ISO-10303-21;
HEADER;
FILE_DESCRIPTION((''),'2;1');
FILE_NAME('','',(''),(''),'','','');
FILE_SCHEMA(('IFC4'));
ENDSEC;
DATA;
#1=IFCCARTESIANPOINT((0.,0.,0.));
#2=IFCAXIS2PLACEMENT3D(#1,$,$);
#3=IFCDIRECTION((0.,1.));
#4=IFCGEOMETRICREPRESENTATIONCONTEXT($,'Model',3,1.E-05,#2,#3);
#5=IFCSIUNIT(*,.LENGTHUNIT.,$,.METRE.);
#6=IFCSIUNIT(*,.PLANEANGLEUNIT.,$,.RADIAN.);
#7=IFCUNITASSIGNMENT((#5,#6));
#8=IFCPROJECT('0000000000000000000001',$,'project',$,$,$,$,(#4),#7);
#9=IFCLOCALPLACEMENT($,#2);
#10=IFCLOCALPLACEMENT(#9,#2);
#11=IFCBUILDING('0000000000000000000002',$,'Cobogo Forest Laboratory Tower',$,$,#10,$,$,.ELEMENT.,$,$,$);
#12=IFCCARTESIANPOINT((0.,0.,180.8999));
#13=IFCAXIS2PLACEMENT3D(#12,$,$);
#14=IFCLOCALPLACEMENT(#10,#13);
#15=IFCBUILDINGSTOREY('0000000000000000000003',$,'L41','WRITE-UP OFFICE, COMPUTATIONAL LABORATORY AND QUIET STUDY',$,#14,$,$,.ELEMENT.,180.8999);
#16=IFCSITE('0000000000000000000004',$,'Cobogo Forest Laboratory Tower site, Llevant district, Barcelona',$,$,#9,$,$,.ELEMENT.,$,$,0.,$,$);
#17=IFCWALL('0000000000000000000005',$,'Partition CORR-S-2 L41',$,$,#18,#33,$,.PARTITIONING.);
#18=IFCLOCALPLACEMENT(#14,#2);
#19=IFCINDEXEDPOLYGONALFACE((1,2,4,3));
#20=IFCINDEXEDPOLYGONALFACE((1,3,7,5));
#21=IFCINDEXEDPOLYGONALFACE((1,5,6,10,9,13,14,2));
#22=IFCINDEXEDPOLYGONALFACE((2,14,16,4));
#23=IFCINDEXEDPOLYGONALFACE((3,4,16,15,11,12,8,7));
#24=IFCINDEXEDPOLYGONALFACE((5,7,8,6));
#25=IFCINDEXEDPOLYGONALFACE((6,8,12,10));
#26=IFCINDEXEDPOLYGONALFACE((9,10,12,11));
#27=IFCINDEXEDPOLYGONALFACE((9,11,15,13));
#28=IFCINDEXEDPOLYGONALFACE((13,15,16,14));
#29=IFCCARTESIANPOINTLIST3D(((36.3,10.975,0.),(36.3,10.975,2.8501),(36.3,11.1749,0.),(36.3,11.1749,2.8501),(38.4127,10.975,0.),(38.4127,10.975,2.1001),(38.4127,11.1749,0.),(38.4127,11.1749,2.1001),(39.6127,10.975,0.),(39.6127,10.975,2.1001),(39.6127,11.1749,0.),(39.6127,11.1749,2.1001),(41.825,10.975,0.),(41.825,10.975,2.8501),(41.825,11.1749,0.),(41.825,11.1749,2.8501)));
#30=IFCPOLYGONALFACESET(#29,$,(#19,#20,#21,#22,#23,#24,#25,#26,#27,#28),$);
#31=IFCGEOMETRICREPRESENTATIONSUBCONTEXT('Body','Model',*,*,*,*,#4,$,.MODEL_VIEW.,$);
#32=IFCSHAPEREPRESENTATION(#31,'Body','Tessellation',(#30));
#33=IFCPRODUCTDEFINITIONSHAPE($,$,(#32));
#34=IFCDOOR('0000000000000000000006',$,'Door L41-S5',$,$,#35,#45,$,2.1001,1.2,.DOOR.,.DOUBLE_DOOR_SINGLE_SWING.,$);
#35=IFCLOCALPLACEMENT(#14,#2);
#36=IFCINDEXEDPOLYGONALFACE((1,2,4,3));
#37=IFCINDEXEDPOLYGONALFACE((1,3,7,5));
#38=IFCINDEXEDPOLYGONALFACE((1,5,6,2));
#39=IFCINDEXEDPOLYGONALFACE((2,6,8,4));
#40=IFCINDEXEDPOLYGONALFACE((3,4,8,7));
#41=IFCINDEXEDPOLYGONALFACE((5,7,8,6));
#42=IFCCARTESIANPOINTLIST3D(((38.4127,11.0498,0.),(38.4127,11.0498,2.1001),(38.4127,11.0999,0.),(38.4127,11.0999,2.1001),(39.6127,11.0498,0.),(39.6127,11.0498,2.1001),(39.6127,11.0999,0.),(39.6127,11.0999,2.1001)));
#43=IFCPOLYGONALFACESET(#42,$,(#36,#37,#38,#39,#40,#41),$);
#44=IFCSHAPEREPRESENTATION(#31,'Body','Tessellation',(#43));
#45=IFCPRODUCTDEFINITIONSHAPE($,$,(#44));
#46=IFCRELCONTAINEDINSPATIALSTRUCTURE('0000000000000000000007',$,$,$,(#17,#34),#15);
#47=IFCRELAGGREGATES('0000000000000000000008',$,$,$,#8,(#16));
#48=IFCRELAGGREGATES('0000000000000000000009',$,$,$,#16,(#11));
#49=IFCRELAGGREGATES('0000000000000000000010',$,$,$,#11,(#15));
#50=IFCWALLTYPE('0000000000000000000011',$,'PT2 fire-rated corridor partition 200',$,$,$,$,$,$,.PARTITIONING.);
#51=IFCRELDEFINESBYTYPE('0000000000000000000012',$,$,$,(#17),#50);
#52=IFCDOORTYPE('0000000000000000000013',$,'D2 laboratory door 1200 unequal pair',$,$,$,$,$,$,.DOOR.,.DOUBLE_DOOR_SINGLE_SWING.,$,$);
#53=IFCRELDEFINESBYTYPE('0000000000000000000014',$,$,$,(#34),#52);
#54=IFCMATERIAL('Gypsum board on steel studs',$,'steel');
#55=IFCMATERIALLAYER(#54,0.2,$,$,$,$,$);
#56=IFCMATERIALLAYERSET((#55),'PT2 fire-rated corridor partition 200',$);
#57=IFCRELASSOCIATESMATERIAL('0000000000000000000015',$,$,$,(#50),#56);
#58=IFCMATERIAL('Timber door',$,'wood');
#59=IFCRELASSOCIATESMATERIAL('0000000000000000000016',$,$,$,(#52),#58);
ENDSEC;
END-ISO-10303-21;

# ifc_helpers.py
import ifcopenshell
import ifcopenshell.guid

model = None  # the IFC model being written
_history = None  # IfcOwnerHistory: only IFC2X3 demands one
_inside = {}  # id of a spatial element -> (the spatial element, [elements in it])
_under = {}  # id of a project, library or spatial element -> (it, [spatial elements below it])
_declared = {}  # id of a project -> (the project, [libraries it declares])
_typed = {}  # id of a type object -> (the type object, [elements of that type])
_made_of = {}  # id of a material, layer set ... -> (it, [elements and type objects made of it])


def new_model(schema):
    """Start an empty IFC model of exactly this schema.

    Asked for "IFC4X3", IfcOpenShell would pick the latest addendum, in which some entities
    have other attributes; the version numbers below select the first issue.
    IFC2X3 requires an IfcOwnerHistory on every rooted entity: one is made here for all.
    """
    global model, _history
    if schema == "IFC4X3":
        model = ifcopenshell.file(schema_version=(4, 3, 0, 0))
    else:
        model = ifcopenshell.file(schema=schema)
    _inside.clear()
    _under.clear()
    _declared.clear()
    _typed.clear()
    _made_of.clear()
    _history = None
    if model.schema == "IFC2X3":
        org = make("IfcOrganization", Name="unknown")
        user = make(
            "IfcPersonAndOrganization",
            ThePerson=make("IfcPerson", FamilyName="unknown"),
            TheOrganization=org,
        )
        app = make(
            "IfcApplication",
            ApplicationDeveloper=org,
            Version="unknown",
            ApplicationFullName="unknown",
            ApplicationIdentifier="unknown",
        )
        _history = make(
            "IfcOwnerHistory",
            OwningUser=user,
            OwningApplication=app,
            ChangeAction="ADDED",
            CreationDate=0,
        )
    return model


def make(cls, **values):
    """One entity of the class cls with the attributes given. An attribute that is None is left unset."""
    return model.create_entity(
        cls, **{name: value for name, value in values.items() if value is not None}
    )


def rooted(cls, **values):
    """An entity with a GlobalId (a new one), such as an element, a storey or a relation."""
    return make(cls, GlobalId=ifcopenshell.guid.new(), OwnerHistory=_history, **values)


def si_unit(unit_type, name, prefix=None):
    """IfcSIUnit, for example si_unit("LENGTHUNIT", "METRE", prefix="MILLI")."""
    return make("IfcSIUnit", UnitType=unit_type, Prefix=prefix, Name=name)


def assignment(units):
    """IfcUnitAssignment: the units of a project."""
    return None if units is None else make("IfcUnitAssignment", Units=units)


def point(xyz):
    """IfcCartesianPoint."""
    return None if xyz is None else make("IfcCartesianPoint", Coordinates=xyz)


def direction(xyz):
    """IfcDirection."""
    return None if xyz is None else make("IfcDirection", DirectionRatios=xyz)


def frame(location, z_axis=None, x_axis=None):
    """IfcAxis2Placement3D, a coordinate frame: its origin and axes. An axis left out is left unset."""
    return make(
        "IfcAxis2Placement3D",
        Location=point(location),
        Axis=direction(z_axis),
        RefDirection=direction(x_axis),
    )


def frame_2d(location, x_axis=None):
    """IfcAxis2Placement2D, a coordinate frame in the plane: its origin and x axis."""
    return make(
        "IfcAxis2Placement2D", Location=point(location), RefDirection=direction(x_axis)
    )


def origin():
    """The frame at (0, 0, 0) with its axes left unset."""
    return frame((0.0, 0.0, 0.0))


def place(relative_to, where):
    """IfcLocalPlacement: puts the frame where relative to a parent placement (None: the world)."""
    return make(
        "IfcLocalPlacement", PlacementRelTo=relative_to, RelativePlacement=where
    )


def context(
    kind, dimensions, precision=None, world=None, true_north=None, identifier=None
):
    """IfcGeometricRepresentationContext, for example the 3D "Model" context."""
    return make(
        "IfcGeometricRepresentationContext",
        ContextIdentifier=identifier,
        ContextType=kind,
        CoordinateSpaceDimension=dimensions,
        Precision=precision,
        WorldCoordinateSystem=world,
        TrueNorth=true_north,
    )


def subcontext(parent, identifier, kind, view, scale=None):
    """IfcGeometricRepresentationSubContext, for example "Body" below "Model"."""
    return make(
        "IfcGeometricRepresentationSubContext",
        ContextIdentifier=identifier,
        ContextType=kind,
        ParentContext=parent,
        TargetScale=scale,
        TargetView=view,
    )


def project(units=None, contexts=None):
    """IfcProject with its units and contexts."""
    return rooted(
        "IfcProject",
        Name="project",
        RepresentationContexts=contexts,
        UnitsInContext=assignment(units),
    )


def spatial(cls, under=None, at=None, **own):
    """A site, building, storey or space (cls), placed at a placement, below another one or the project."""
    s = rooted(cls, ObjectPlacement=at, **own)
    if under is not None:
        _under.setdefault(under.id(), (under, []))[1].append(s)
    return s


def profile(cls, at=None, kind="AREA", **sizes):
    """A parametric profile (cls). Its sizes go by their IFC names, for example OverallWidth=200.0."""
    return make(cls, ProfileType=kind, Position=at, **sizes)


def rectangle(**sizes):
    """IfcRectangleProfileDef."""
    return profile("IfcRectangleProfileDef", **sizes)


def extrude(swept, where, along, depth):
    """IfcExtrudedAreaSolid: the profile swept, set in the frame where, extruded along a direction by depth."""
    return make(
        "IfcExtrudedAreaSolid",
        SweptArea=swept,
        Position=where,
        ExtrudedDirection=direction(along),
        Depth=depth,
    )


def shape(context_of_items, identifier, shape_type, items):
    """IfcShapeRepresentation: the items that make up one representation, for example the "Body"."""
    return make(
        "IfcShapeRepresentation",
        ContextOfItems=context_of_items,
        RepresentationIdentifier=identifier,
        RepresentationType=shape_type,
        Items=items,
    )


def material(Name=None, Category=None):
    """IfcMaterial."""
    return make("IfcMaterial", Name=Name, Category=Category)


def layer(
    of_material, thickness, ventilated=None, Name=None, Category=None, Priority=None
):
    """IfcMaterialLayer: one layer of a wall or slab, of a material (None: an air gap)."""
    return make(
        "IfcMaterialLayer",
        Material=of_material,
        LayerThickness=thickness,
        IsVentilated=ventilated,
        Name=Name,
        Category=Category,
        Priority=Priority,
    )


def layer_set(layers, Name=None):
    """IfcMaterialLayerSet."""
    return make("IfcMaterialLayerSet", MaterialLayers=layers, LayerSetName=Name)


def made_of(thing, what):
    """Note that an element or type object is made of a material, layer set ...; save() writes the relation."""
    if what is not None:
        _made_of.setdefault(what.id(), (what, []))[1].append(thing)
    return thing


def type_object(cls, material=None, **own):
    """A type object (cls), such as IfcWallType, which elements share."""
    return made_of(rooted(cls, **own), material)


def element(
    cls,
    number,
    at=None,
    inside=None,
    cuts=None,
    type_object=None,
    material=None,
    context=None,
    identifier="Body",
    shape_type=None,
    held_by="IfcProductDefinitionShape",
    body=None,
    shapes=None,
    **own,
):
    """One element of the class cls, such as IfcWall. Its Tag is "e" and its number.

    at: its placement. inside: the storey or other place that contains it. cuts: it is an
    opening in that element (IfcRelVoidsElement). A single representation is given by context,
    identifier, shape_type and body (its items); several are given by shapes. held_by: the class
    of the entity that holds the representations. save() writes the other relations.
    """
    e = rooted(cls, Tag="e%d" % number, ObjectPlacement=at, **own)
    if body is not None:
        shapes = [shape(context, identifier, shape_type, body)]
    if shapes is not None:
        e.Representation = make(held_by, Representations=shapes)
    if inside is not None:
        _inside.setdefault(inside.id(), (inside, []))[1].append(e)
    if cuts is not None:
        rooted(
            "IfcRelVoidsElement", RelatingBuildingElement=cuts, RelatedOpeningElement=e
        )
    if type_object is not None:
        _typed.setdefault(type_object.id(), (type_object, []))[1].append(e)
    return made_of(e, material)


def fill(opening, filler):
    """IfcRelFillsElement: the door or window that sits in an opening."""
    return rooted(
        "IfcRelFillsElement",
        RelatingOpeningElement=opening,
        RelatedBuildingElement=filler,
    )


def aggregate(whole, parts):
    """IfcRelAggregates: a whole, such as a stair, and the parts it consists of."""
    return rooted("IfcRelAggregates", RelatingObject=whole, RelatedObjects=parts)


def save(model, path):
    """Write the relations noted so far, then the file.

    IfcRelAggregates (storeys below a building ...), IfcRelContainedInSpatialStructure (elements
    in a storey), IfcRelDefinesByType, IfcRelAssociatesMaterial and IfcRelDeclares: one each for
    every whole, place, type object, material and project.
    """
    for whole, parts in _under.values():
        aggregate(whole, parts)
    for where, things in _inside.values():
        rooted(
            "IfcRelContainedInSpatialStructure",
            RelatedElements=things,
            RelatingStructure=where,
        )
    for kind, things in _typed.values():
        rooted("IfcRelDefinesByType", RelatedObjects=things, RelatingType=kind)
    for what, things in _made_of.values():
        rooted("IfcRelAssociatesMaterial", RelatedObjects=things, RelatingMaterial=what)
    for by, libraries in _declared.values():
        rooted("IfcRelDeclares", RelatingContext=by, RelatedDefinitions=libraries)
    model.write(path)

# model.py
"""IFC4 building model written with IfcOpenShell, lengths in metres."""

from ifc_helpers import new_model, si_unit, direction, frame, frame_2d, origin, place, context, subcontext, project, spatial, rectangle, extrude, material, layer, layer_set, type_object, element, fill, save


model = new_model("IFC4")

# Units and contexts
model_context = context("Model", 3, precision=1e-05, world=origin(), true_north=direction((0.0, 1.0)))
body_context = subcontext(model_context, "Body", "Model", "MODEL_VIEW")
ifc_project = project(units=[si_unit("LENGTHUNIT", "METRE"), si_unit("PLANEANGLEUNIT", "RADIAN")], contexts=[model_context])

# Site, building, storey
site_placement = place(None, origin())
site = spatial("IfcSite", under=ifc_project, at=site_placement, Name="Cobogo Forest Laboratory Tower site, Llevant district, Barcelona", CompositionType="ELEMENT", RefElevation=0.0)
building_placement = place(site_placement, origin())
building = spatial("IfcBuilding", under=site, at=building_placement, Name="Cobogo Forest Laboratory Tower", CompositionType="ELEMENT")
storey_placement = place(building_placement, frame((0.0, 0.0, 180.8999)))
storey = spatial("IfcBuildingStorey", under=building, at=storey_placement, Name="L41", Description="WRITE-UP OFFICE, COMPUTATIONAL LABORATORY AND QUIET STUDY", CompositionType="ELEMENT", Elevation=180.8999)

# Shared definitions
ifc_material_1 = material(Name="Gypsum board on steel studs", Category="steel")

# Wall, opening, door
ifc_layer_1 = layer(ifc_material_1, 0.2)
ifc_layer_set_1 = layer_set([ifc_layer_1], Name="PT2 fire-rated corridor partition 200")
wall_type_1 = type_object("IfcWallType", Name="PT2 fire-rated corridor partition 200", PredefinedType="PARTITIONING", material=ifc_layer_set_1)
wall_1_placement = place(storey_placement, frame((36.3, 11.075, 0.0), z_axis=(0.0, 0.0, 1.0), x_axis=(1.0, 0.0, 0.0)))
wall_1 = element("IfcWall", 1, at=wall_1_placement, inside=storey, type_object=wall_type_1, Name="Partition CORR-S-2 L41", PredefinedType="PARTITIONING", context=body_context, shape_type="SweptSolid", body=[
    extrude(rectangle(XDim=5.5249, YDim=0.2, at=frame_2d((2.7625, 0.0))), origin(), (0.0, 0.0, 1.0), 2.8501),
])
opening_1_placement = place(wall_1_placement, frame((2.1125, 0.0, 0.0)))
opening_1 = element("IfcOpeningElement", 2, at=opening_1_placement, cuts=wall_1, PredefinedType="OPENING", context=body_context, shape_type="SweptSolid", body=[
    extrude(rectangle(XDim=1.2, YDim=2.1001, at=frame_2d((0.6001, 1.05))), frame((0.0, 0.1099, 0.0), z_axis=(0.0, -1.0, 0.0), x_axis=(1.0, 0.0, 0.0)), (0.0, 0.0, 1.0), 0.22),
])
ifc_material_2 = material(Name="Timber door", Category="wood")
door_type_1 = type_object("IfcDoorType", Name="D2 laboratory door 1200 unequal pair", OperationType="DOUBLE_DOOR_SINGLE_SWING", PredefinedType="DOOR", material=ifc_material_2)
door_1_placement = place(opening_1_placement, origin())
door_1 = element("IfcDoor", 3, at=door_1_placement, inside=storey, type_object=door_type_1, Name="Door L41-S5", OperationType="DOUBLE_DOOR_SINGLE_SWING", OverallHeight=2.1001, OverallWidth=1.2, PredefinedType="DOOR", context=body_context, shape_type="SweptSolid", body=[
    extrude(rectangle(XDim=1.2, YDim=2.1001, at=frame_2d((0.6001, 1.05))), frame((0.0, 0.0249, 0.0), z_axis=(0.0, -1.0, 0.0), x_axis=(1.0, 0.0, 0.0)), (0.0, 0.0, 1.0), 0.05),
])
fill(opening_1, door_1)

save(model, "model.ifc")
